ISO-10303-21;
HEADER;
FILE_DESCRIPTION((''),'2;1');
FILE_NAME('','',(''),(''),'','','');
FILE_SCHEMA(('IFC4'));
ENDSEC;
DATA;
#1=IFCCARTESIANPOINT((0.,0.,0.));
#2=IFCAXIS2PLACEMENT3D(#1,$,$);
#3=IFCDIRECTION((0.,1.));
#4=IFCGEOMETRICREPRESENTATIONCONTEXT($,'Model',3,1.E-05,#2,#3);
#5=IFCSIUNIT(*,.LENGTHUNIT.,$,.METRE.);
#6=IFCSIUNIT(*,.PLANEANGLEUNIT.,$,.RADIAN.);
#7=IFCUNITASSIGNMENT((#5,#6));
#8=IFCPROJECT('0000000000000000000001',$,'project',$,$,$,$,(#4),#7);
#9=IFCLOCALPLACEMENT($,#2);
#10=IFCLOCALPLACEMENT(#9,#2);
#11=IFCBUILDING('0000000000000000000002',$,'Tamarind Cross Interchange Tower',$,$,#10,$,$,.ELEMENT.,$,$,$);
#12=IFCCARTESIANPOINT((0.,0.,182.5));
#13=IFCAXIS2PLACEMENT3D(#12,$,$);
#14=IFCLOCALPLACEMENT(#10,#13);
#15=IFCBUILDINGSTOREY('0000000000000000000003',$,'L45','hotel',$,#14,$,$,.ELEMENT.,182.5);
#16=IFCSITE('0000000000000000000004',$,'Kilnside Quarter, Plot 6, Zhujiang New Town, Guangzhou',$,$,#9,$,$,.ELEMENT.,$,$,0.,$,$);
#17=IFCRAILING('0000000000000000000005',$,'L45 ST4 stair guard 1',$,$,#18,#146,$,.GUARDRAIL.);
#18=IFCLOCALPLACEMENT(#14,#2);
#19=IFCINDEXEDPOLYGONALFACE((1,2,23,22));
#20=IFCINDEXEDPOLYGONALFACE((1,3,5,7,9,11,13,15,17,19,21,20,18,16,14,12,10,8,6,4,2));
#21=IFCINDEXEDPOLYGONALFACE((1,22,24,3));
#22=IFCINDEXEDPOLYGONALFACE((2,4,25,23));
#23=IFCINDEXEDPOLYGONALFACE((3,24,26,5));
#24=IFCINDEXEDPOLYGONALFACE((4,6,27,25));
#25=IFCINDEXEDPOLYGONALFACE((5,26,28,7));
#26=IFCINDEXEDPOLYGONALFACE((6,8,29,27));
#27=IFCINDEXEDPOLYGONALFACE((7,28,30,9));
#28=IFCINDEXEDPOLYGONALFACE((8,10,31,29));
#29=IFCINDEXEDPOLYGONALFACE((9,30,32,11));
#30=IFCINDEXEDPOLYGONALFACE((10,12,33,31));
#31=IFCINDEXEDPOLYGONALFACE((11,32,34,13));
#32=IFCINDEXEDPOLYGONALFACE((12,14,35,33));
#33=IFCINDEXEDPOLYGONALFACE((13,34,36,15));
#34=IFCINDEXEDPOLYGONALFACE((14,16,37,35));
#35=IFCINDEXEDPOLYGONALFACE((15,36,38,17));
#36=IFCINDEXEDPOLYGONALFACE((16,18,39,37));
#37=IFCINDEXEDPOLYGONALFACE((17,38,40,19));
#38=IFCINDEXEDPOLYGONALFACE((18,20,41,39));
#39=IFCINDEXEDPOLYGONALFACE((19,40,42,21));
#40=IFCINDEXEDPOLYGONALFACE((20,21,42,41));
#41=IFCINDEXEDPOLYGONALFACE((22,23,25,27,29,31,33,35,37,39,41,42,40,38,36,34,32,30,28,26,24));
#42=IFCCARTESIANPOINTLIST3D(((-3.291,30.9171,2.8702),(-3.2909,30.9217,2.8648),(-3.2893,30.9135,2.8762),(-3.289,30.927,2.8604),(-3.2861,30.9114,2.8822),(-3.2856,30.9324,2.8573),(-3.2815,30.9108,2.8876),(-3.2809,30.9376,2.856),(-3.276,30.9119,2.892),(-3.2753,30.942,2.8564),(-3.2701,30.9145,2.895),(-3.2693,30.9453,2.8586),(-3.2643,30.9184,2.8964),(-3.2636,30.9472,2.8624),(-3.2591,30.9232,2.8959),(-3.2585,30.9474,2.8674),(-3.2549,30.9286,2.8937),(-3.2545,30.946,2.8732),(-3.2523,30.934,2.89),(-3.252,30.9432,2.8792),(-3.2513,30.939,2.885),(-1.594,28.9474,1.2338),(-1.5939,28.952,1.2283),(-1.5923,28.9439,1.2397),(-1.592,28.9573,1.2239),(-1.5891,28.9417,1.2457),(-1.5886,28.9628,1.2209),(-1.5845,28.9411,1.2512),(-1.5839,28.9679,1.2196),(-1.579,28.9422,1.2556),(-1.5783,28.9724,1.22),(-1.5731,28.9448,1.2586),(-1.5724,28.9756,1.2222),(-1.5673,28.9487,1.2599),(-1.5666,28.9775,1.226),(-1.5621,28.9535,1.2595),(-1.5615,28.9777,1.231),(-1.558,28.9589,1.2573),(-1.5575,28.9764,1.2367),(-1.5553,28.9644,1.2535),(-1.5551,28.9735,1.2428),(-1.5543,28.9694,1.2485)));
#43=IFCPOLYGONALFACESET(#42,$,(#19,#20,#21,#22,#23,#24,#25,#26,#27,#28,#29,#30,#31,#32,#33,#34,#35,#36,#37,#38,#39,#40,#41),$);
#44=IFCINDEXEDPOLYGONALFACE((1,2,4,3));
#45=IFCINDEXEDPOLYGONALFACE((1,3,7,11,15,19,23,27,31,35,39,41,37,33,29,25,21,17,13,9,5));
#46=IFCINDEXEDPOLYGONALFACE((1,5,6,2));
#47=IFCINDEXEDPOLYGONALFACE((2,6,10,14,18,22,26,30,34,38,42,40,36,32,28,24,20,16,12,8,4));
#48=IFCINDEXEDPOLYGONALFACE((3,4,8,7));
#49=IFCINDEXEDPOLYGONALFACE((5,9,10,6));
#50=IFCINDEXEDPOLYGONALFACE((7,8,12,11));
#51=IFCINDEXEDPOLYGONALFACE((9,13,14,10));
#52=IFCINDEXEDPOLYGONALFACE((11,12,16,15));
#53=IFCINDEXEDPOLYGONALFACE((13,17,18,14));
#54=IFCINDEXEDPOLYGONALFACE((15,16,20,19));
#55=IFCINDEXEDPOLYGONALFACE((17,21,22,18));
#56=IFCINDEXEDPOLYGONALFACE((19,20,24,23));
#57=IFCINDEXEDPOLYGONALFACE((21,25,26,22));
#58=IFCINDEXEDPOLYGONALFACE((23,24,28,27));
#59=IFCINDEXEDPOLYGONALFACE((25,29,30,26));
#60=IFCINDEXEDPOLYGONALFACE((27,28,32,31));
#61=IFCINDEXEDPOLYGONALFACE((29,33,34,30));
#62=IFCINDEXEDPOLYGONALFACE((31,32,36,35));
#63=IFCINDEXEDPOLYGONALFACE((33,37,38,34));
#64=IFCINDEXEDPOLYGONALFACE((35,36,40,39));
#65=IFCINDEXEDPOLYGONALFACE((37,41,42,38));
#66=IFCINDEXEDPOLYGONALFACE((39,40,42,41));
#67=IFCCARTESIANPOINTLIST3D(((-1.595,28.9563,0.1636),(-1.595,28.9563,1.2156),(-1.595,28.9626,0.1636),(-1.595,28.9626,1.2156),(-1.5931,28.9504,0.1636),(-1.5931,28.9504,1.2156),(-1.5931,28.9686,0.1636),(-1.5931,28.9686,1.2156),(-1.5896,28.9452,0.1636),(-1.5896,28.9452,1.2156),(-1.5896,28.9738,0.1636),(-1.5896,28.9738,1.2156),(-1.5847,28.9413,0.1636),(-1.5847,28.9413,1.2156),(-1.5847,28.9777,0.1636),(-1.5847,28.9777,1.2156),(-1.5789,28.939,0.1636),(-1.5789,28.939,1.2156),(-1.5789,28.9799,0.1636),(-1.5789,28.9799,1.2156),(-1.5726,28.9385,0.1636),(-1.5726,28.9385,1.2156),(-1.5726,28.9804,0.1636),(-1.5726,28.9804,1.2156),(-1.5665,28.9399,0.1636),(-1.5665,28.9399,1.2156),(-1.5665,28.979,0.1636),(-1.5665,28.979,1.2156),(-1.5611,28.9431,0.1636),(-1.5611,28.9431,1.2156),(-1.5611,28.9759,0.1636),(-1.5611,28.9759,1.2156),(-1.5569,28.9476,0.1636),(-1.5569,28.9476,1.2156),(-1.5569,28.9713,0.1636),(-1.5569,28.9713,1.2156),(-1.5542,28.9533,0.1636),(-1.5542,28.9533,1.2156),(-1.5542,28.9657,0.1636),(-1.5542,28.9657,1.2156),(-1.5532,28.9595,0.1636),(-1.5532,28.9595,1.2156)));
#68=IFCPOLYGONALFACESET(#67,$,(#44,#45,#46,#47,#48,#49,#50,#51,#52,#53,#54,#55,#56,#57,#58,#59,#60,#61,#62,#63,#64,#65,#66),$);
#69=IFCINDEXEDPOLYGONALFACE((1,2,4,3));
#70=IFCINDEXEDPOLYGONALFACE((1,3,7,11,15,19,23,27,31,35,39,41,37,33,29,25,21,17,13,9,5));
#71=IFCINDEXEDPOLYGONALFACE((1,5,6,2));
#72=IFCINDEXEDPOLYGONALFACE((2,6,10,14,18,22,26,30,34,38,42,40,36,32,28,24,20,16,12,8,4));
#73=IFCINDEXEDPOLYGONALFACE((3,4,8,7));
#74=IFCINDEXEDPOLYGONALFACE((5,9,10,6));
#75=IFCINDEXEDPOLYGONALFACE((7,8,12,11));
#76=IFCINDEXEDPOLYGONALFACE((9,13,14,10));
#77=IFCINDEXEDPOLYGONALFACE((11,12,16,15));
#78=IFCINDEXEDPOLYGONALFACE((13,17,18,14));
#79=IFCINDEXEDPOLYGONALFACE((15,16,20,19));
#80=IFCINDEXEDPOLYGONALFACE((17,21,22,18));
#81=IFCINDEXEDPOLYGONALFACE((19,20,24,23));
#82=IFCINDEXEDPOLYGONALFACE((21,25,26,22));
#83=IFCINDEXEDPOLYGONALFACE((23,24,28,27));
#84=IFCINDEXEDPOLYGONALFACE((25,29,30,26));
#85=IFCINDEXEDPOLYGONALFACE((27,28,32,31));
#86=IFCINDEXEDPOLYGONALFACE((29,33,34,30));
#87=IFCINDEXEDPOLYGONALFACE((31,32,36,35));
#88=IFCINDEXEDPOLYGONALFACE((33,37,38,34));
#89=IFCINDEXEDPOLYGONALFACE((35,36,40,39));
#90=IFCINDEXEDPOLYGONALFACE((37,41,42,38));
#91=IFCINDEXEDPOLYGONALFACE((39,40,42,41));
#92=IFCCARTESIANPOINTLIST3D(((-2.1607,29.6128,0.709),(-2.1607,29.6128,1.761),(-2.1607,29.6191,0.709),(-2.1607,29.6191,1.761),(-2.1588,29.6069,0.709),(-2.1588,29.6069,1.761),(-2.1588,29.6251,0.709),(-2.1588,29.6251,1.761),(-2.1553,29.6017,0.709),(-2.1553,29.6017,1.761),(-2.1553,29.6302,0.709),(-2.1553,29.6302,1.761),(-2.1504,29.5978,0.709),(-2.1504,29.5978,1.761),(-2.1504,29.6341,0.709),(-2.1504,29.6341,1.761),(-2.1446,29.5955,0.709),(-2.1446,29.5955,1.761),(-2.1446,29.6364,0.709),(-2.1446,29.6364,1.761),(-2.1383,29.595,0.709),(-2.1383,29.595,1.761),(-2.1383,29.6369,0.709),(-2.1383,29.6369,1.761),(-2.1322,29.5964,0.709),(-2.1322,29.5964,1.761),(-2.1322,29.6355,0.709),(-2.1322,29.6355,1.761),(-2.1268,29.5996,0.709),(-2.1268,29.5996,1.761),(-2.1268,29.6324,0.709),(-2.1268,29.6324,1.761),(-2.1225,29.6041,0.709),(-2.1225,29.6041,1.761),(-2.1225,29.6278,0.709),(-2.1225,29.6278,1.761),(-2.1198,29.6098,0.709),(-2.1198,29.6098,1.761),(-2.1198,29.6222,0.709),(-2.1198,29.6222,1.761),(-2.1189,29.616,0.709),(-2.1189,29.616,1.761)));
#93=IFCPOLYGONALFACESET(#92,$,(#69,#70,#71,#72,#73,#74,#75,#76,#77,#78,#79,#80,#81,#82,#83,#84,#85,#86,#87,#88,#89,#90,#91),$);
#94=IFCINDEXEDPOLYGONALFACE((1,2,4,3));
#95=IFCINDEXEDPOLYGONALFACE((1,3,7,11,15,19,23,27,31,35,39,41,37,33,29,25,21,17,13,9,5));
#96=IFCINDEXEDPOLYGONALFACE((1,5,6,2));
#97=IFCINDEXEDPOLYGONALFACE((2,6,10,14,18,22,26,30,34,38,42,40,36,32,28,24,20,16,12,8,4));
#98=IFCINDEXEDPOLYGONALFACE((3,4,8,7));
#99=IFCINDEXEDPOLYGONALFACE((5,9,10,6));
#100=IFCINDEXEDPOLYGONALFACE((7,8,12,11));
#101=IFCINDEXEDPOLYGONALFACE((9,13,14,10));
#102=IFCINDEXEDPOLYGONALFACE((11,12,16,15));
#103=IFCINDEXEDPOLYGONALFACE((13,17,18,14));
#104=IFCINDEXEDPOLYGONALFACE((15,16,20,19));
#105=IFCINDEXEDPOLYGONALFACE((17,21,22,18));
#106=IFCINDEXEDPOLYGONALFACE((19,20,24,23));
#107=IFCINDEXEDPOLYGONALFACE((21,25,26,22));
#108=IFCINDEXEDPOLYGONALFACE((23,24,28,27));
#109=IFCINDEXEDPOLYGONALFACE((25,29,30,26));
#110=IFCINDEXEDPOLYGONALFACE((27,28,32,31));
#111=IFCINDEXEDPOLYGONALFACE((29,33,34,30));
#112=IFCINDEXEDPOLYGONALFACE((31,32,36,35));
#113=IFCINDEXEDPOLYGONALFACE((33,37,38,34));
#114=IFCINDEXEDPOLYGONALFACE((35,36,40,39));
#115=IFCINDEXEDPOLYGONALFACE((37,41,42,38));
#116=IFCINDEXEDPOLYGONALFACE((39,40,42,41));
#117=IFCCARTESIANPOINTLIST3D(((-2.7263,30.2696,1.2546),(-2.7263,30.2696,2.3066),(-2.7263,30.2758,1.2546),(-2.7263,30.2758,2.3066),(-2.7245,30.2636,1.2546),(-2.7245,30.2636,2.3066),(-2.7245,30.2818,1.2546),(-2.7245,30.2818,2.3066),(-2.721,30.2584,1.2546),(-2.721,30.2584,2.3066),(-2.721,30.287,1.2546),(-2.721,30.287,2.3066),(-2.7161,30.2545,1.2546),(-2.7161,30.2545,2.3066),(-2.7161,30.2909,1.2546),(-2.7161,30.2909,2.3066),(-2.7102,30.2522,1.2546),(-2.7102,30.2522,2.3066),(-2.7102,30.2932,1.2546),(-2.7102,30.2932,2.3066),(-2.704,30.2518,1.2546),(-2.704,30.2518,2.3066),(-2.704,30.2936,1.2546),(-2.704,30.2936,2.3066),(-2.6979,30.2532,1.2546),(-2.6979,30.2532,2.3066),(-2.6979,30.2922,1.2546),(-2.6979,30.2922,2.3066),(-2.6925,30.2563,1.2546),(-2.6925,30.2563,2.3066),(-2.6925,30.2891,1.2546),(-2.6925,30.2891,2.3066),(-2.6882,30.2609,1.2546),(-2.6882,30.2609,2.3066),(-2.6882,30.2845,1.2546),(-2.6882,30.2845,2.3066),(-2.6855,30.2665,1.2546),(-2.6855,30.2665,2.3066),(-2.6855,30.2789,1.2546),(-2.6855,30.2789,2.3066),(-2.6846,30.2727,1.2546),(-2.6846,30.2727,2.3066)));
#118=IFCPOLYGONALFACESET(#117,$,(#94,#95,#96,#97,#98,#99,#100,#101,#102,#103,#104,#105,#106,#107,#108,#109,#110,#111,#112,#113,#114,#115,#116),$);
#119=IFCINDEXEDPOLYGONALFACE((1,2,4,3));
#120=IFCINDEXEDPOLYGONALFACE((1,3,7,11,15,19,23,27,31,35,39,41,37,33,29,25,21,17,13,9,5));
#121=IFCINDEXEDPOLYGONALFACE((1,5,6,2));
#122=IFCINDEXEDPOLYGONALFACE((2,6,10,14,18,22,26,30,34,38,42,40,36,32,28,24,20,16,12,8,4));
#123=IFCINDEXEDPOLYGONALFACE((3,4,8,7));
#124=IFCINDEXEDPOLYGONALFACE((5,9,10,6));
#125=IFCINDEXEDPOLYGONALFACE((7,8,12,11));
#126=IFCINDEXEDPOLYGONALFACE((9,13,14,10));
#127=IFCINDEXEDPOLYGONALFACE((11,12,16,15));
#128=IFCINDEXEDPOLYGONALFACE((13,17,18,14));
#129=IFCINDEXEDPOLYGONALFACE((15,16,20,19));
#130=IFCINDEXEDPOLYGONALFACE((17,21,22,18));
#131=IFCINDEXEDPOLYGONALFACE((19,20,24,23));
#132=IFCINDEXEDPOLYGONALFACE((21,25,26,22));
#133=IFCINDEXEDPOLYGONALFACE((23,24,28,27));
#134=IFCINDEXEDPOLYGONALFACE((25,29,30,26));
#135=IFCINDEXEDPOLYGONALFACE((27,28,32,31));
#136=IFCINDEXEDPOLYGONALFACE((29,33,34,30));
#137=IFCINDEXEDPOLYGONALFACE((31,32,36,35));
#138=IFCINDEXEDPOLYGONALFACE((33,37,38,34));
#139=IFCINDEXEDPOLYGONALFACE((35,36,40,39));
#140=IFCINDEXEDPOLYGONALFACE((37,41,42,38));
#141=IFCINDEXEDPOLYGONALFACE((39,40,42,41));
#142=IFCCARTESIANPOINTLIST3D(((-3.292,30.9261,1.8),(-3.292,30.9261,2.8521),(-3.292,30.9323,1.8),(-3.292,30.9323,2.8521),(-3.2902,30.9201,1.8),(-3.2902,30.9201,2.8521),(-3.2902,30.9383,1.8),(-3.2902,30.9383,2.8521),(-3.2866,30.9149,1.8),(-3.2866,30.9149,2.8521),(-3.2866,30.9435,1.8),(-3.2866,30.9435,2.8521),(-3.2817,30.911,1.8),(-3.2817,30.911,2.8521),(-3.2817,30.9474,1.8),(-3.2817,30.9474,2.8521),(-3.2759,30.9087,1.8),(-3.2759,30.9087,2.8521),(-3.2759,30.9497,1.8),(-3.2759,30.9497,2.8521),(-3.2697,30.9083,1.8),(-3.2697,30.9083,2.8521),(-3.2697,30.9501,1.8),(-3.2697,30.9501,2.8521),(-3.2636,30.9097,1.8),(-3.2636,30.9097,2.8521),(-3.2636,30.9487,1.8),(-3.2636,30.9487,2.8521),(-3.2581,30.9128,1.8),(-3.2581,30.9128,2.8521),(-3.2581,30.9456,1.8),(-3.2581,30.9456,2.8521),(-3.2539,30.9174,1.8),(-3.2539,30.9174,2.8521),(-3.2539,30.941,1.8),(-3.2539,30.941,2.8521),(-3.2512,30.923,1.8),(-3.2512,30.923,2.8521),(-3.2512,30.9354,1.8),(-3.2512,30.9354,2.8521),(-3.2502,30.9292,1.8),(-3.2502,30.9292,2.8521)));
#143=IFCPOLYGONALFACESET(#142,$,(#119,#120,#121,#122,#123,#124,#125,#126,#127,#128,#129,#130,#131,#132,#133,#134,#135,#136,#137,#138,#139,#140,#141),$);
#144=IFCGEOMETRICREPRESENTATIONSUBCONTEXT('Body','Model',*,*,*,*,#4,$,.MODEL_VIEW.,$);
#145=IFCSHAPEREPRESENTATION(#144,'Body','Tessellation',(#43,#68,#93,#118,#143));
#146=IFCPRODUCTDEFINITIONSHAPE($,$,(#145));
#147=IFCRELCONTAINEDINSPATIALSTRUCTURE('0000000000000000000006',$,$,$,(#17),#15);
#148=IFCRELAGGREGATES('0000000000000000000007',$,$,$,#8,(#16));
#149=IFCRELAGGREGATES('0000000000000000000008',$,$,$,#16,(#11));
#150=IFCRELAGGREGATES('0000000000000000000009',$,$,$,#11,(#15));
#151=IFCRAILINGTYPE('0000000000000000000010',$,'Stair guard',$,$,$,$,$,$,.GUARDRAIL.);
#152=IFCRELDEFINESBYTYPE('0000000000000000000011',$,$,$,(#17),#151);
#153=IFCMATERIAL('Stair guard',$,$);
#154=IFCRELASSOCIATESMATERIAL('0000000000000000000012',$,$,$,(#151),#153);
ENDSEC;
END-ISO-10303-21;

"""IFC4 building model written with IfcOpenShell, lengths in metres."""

from ifc_helpers import new_model, si_unit, direction, frame, origin, origin_2d, place, context, subcontext, project, spatial, circle, extrude, material, type_object, element, save


model = new_model("IFC4")

# Units and contexts
model_context = context("Model", 3, precision=1e-05, world=origin(), true_north=direction((0.0, 1.0)))
body_context = subcontext(model_context, "Body", "Model", "MODEL_VIEW")
ifc_project = project(units=[si_unit("LENGTHUNIT", "METRE"), si_unit("PLANEANGLEUNIT", "RADIAN")], contexts=[model_context])

# Site, building, storey
site_placement = place(None, origin())
site = spatial("IfcSite", under=ifc_project, at=site_placement, Name="Kilnside Quarter, Plot 6, Zhujiang New Town, Guangzhou", CompositionType="ELEMENT", RefElevation=0.0)
building_placement = place(site_placement, origin())
building = spatial("IfcBuilding", under=site, at=building_placement, Name="Tamarind Cross Interchange Tower", CompositionType="ELEMENT")
storey_placement = place(building_placement, frame((0.0, 0.0, 182.5)))
storey = spatial("IfcBuildingStorey", under=building, at=storey_placement, Name="L45", Description="hotel", CompositionType="ELEMENT", Elevation=182.5)

# Railing
ifc_material_1 = material(Name="Stair guard")
railing_type_1 = type_object("IfcRailingType", Name="Stair guard", PredefinedType="GUARDRAIL", material=ifc_material_1)
railing_1_placement = place(storey_placement, frame((-1.5742, 28.9595, 0.1636)))
element("IfcRailing", 1, at=railing_1_placement, inside=storey, type_object=railing_type_1, Name="L45 ST4 stair guard 1", PredefinedType="GUARDRAIL", context=body_context, shape_type="SweptSolid", body=[
    extrude(circle(Radius=0.0239, at=origin_2d()), frame((0.0, 0.0, 1.0762), z_axis=(-0.552399, 0.641168, 0.53269), x_axis=(-0.757604, -0.652715, 0.0)), (0.0, 0.0, 1.0), 3.072),
    extrude(circle(Radius=0.021, at=origin_2d()), origin(), (0.0, 0.0, 1.0), 1.052),
    extrude(circle(Radius=0.021, at=origin_2d()), frame((-0.5657, 0.6565, 0.5454)), (0.0, 0.0, 1.0), 1.052),
    extrude(circle(Radius=0.021, at=origin_2d()), frame((-1.1313, 1.3132, 1.0911)), (0.0, 0.0, 1.0), 1.052),
    extrude(circle(Radius=0.021, at=origin_2d()), frame((-1.697, 1.9697, 1.6365)), (0.0, 0.0, 1.0), 1.052),
])

save(model, "model.ifc")
